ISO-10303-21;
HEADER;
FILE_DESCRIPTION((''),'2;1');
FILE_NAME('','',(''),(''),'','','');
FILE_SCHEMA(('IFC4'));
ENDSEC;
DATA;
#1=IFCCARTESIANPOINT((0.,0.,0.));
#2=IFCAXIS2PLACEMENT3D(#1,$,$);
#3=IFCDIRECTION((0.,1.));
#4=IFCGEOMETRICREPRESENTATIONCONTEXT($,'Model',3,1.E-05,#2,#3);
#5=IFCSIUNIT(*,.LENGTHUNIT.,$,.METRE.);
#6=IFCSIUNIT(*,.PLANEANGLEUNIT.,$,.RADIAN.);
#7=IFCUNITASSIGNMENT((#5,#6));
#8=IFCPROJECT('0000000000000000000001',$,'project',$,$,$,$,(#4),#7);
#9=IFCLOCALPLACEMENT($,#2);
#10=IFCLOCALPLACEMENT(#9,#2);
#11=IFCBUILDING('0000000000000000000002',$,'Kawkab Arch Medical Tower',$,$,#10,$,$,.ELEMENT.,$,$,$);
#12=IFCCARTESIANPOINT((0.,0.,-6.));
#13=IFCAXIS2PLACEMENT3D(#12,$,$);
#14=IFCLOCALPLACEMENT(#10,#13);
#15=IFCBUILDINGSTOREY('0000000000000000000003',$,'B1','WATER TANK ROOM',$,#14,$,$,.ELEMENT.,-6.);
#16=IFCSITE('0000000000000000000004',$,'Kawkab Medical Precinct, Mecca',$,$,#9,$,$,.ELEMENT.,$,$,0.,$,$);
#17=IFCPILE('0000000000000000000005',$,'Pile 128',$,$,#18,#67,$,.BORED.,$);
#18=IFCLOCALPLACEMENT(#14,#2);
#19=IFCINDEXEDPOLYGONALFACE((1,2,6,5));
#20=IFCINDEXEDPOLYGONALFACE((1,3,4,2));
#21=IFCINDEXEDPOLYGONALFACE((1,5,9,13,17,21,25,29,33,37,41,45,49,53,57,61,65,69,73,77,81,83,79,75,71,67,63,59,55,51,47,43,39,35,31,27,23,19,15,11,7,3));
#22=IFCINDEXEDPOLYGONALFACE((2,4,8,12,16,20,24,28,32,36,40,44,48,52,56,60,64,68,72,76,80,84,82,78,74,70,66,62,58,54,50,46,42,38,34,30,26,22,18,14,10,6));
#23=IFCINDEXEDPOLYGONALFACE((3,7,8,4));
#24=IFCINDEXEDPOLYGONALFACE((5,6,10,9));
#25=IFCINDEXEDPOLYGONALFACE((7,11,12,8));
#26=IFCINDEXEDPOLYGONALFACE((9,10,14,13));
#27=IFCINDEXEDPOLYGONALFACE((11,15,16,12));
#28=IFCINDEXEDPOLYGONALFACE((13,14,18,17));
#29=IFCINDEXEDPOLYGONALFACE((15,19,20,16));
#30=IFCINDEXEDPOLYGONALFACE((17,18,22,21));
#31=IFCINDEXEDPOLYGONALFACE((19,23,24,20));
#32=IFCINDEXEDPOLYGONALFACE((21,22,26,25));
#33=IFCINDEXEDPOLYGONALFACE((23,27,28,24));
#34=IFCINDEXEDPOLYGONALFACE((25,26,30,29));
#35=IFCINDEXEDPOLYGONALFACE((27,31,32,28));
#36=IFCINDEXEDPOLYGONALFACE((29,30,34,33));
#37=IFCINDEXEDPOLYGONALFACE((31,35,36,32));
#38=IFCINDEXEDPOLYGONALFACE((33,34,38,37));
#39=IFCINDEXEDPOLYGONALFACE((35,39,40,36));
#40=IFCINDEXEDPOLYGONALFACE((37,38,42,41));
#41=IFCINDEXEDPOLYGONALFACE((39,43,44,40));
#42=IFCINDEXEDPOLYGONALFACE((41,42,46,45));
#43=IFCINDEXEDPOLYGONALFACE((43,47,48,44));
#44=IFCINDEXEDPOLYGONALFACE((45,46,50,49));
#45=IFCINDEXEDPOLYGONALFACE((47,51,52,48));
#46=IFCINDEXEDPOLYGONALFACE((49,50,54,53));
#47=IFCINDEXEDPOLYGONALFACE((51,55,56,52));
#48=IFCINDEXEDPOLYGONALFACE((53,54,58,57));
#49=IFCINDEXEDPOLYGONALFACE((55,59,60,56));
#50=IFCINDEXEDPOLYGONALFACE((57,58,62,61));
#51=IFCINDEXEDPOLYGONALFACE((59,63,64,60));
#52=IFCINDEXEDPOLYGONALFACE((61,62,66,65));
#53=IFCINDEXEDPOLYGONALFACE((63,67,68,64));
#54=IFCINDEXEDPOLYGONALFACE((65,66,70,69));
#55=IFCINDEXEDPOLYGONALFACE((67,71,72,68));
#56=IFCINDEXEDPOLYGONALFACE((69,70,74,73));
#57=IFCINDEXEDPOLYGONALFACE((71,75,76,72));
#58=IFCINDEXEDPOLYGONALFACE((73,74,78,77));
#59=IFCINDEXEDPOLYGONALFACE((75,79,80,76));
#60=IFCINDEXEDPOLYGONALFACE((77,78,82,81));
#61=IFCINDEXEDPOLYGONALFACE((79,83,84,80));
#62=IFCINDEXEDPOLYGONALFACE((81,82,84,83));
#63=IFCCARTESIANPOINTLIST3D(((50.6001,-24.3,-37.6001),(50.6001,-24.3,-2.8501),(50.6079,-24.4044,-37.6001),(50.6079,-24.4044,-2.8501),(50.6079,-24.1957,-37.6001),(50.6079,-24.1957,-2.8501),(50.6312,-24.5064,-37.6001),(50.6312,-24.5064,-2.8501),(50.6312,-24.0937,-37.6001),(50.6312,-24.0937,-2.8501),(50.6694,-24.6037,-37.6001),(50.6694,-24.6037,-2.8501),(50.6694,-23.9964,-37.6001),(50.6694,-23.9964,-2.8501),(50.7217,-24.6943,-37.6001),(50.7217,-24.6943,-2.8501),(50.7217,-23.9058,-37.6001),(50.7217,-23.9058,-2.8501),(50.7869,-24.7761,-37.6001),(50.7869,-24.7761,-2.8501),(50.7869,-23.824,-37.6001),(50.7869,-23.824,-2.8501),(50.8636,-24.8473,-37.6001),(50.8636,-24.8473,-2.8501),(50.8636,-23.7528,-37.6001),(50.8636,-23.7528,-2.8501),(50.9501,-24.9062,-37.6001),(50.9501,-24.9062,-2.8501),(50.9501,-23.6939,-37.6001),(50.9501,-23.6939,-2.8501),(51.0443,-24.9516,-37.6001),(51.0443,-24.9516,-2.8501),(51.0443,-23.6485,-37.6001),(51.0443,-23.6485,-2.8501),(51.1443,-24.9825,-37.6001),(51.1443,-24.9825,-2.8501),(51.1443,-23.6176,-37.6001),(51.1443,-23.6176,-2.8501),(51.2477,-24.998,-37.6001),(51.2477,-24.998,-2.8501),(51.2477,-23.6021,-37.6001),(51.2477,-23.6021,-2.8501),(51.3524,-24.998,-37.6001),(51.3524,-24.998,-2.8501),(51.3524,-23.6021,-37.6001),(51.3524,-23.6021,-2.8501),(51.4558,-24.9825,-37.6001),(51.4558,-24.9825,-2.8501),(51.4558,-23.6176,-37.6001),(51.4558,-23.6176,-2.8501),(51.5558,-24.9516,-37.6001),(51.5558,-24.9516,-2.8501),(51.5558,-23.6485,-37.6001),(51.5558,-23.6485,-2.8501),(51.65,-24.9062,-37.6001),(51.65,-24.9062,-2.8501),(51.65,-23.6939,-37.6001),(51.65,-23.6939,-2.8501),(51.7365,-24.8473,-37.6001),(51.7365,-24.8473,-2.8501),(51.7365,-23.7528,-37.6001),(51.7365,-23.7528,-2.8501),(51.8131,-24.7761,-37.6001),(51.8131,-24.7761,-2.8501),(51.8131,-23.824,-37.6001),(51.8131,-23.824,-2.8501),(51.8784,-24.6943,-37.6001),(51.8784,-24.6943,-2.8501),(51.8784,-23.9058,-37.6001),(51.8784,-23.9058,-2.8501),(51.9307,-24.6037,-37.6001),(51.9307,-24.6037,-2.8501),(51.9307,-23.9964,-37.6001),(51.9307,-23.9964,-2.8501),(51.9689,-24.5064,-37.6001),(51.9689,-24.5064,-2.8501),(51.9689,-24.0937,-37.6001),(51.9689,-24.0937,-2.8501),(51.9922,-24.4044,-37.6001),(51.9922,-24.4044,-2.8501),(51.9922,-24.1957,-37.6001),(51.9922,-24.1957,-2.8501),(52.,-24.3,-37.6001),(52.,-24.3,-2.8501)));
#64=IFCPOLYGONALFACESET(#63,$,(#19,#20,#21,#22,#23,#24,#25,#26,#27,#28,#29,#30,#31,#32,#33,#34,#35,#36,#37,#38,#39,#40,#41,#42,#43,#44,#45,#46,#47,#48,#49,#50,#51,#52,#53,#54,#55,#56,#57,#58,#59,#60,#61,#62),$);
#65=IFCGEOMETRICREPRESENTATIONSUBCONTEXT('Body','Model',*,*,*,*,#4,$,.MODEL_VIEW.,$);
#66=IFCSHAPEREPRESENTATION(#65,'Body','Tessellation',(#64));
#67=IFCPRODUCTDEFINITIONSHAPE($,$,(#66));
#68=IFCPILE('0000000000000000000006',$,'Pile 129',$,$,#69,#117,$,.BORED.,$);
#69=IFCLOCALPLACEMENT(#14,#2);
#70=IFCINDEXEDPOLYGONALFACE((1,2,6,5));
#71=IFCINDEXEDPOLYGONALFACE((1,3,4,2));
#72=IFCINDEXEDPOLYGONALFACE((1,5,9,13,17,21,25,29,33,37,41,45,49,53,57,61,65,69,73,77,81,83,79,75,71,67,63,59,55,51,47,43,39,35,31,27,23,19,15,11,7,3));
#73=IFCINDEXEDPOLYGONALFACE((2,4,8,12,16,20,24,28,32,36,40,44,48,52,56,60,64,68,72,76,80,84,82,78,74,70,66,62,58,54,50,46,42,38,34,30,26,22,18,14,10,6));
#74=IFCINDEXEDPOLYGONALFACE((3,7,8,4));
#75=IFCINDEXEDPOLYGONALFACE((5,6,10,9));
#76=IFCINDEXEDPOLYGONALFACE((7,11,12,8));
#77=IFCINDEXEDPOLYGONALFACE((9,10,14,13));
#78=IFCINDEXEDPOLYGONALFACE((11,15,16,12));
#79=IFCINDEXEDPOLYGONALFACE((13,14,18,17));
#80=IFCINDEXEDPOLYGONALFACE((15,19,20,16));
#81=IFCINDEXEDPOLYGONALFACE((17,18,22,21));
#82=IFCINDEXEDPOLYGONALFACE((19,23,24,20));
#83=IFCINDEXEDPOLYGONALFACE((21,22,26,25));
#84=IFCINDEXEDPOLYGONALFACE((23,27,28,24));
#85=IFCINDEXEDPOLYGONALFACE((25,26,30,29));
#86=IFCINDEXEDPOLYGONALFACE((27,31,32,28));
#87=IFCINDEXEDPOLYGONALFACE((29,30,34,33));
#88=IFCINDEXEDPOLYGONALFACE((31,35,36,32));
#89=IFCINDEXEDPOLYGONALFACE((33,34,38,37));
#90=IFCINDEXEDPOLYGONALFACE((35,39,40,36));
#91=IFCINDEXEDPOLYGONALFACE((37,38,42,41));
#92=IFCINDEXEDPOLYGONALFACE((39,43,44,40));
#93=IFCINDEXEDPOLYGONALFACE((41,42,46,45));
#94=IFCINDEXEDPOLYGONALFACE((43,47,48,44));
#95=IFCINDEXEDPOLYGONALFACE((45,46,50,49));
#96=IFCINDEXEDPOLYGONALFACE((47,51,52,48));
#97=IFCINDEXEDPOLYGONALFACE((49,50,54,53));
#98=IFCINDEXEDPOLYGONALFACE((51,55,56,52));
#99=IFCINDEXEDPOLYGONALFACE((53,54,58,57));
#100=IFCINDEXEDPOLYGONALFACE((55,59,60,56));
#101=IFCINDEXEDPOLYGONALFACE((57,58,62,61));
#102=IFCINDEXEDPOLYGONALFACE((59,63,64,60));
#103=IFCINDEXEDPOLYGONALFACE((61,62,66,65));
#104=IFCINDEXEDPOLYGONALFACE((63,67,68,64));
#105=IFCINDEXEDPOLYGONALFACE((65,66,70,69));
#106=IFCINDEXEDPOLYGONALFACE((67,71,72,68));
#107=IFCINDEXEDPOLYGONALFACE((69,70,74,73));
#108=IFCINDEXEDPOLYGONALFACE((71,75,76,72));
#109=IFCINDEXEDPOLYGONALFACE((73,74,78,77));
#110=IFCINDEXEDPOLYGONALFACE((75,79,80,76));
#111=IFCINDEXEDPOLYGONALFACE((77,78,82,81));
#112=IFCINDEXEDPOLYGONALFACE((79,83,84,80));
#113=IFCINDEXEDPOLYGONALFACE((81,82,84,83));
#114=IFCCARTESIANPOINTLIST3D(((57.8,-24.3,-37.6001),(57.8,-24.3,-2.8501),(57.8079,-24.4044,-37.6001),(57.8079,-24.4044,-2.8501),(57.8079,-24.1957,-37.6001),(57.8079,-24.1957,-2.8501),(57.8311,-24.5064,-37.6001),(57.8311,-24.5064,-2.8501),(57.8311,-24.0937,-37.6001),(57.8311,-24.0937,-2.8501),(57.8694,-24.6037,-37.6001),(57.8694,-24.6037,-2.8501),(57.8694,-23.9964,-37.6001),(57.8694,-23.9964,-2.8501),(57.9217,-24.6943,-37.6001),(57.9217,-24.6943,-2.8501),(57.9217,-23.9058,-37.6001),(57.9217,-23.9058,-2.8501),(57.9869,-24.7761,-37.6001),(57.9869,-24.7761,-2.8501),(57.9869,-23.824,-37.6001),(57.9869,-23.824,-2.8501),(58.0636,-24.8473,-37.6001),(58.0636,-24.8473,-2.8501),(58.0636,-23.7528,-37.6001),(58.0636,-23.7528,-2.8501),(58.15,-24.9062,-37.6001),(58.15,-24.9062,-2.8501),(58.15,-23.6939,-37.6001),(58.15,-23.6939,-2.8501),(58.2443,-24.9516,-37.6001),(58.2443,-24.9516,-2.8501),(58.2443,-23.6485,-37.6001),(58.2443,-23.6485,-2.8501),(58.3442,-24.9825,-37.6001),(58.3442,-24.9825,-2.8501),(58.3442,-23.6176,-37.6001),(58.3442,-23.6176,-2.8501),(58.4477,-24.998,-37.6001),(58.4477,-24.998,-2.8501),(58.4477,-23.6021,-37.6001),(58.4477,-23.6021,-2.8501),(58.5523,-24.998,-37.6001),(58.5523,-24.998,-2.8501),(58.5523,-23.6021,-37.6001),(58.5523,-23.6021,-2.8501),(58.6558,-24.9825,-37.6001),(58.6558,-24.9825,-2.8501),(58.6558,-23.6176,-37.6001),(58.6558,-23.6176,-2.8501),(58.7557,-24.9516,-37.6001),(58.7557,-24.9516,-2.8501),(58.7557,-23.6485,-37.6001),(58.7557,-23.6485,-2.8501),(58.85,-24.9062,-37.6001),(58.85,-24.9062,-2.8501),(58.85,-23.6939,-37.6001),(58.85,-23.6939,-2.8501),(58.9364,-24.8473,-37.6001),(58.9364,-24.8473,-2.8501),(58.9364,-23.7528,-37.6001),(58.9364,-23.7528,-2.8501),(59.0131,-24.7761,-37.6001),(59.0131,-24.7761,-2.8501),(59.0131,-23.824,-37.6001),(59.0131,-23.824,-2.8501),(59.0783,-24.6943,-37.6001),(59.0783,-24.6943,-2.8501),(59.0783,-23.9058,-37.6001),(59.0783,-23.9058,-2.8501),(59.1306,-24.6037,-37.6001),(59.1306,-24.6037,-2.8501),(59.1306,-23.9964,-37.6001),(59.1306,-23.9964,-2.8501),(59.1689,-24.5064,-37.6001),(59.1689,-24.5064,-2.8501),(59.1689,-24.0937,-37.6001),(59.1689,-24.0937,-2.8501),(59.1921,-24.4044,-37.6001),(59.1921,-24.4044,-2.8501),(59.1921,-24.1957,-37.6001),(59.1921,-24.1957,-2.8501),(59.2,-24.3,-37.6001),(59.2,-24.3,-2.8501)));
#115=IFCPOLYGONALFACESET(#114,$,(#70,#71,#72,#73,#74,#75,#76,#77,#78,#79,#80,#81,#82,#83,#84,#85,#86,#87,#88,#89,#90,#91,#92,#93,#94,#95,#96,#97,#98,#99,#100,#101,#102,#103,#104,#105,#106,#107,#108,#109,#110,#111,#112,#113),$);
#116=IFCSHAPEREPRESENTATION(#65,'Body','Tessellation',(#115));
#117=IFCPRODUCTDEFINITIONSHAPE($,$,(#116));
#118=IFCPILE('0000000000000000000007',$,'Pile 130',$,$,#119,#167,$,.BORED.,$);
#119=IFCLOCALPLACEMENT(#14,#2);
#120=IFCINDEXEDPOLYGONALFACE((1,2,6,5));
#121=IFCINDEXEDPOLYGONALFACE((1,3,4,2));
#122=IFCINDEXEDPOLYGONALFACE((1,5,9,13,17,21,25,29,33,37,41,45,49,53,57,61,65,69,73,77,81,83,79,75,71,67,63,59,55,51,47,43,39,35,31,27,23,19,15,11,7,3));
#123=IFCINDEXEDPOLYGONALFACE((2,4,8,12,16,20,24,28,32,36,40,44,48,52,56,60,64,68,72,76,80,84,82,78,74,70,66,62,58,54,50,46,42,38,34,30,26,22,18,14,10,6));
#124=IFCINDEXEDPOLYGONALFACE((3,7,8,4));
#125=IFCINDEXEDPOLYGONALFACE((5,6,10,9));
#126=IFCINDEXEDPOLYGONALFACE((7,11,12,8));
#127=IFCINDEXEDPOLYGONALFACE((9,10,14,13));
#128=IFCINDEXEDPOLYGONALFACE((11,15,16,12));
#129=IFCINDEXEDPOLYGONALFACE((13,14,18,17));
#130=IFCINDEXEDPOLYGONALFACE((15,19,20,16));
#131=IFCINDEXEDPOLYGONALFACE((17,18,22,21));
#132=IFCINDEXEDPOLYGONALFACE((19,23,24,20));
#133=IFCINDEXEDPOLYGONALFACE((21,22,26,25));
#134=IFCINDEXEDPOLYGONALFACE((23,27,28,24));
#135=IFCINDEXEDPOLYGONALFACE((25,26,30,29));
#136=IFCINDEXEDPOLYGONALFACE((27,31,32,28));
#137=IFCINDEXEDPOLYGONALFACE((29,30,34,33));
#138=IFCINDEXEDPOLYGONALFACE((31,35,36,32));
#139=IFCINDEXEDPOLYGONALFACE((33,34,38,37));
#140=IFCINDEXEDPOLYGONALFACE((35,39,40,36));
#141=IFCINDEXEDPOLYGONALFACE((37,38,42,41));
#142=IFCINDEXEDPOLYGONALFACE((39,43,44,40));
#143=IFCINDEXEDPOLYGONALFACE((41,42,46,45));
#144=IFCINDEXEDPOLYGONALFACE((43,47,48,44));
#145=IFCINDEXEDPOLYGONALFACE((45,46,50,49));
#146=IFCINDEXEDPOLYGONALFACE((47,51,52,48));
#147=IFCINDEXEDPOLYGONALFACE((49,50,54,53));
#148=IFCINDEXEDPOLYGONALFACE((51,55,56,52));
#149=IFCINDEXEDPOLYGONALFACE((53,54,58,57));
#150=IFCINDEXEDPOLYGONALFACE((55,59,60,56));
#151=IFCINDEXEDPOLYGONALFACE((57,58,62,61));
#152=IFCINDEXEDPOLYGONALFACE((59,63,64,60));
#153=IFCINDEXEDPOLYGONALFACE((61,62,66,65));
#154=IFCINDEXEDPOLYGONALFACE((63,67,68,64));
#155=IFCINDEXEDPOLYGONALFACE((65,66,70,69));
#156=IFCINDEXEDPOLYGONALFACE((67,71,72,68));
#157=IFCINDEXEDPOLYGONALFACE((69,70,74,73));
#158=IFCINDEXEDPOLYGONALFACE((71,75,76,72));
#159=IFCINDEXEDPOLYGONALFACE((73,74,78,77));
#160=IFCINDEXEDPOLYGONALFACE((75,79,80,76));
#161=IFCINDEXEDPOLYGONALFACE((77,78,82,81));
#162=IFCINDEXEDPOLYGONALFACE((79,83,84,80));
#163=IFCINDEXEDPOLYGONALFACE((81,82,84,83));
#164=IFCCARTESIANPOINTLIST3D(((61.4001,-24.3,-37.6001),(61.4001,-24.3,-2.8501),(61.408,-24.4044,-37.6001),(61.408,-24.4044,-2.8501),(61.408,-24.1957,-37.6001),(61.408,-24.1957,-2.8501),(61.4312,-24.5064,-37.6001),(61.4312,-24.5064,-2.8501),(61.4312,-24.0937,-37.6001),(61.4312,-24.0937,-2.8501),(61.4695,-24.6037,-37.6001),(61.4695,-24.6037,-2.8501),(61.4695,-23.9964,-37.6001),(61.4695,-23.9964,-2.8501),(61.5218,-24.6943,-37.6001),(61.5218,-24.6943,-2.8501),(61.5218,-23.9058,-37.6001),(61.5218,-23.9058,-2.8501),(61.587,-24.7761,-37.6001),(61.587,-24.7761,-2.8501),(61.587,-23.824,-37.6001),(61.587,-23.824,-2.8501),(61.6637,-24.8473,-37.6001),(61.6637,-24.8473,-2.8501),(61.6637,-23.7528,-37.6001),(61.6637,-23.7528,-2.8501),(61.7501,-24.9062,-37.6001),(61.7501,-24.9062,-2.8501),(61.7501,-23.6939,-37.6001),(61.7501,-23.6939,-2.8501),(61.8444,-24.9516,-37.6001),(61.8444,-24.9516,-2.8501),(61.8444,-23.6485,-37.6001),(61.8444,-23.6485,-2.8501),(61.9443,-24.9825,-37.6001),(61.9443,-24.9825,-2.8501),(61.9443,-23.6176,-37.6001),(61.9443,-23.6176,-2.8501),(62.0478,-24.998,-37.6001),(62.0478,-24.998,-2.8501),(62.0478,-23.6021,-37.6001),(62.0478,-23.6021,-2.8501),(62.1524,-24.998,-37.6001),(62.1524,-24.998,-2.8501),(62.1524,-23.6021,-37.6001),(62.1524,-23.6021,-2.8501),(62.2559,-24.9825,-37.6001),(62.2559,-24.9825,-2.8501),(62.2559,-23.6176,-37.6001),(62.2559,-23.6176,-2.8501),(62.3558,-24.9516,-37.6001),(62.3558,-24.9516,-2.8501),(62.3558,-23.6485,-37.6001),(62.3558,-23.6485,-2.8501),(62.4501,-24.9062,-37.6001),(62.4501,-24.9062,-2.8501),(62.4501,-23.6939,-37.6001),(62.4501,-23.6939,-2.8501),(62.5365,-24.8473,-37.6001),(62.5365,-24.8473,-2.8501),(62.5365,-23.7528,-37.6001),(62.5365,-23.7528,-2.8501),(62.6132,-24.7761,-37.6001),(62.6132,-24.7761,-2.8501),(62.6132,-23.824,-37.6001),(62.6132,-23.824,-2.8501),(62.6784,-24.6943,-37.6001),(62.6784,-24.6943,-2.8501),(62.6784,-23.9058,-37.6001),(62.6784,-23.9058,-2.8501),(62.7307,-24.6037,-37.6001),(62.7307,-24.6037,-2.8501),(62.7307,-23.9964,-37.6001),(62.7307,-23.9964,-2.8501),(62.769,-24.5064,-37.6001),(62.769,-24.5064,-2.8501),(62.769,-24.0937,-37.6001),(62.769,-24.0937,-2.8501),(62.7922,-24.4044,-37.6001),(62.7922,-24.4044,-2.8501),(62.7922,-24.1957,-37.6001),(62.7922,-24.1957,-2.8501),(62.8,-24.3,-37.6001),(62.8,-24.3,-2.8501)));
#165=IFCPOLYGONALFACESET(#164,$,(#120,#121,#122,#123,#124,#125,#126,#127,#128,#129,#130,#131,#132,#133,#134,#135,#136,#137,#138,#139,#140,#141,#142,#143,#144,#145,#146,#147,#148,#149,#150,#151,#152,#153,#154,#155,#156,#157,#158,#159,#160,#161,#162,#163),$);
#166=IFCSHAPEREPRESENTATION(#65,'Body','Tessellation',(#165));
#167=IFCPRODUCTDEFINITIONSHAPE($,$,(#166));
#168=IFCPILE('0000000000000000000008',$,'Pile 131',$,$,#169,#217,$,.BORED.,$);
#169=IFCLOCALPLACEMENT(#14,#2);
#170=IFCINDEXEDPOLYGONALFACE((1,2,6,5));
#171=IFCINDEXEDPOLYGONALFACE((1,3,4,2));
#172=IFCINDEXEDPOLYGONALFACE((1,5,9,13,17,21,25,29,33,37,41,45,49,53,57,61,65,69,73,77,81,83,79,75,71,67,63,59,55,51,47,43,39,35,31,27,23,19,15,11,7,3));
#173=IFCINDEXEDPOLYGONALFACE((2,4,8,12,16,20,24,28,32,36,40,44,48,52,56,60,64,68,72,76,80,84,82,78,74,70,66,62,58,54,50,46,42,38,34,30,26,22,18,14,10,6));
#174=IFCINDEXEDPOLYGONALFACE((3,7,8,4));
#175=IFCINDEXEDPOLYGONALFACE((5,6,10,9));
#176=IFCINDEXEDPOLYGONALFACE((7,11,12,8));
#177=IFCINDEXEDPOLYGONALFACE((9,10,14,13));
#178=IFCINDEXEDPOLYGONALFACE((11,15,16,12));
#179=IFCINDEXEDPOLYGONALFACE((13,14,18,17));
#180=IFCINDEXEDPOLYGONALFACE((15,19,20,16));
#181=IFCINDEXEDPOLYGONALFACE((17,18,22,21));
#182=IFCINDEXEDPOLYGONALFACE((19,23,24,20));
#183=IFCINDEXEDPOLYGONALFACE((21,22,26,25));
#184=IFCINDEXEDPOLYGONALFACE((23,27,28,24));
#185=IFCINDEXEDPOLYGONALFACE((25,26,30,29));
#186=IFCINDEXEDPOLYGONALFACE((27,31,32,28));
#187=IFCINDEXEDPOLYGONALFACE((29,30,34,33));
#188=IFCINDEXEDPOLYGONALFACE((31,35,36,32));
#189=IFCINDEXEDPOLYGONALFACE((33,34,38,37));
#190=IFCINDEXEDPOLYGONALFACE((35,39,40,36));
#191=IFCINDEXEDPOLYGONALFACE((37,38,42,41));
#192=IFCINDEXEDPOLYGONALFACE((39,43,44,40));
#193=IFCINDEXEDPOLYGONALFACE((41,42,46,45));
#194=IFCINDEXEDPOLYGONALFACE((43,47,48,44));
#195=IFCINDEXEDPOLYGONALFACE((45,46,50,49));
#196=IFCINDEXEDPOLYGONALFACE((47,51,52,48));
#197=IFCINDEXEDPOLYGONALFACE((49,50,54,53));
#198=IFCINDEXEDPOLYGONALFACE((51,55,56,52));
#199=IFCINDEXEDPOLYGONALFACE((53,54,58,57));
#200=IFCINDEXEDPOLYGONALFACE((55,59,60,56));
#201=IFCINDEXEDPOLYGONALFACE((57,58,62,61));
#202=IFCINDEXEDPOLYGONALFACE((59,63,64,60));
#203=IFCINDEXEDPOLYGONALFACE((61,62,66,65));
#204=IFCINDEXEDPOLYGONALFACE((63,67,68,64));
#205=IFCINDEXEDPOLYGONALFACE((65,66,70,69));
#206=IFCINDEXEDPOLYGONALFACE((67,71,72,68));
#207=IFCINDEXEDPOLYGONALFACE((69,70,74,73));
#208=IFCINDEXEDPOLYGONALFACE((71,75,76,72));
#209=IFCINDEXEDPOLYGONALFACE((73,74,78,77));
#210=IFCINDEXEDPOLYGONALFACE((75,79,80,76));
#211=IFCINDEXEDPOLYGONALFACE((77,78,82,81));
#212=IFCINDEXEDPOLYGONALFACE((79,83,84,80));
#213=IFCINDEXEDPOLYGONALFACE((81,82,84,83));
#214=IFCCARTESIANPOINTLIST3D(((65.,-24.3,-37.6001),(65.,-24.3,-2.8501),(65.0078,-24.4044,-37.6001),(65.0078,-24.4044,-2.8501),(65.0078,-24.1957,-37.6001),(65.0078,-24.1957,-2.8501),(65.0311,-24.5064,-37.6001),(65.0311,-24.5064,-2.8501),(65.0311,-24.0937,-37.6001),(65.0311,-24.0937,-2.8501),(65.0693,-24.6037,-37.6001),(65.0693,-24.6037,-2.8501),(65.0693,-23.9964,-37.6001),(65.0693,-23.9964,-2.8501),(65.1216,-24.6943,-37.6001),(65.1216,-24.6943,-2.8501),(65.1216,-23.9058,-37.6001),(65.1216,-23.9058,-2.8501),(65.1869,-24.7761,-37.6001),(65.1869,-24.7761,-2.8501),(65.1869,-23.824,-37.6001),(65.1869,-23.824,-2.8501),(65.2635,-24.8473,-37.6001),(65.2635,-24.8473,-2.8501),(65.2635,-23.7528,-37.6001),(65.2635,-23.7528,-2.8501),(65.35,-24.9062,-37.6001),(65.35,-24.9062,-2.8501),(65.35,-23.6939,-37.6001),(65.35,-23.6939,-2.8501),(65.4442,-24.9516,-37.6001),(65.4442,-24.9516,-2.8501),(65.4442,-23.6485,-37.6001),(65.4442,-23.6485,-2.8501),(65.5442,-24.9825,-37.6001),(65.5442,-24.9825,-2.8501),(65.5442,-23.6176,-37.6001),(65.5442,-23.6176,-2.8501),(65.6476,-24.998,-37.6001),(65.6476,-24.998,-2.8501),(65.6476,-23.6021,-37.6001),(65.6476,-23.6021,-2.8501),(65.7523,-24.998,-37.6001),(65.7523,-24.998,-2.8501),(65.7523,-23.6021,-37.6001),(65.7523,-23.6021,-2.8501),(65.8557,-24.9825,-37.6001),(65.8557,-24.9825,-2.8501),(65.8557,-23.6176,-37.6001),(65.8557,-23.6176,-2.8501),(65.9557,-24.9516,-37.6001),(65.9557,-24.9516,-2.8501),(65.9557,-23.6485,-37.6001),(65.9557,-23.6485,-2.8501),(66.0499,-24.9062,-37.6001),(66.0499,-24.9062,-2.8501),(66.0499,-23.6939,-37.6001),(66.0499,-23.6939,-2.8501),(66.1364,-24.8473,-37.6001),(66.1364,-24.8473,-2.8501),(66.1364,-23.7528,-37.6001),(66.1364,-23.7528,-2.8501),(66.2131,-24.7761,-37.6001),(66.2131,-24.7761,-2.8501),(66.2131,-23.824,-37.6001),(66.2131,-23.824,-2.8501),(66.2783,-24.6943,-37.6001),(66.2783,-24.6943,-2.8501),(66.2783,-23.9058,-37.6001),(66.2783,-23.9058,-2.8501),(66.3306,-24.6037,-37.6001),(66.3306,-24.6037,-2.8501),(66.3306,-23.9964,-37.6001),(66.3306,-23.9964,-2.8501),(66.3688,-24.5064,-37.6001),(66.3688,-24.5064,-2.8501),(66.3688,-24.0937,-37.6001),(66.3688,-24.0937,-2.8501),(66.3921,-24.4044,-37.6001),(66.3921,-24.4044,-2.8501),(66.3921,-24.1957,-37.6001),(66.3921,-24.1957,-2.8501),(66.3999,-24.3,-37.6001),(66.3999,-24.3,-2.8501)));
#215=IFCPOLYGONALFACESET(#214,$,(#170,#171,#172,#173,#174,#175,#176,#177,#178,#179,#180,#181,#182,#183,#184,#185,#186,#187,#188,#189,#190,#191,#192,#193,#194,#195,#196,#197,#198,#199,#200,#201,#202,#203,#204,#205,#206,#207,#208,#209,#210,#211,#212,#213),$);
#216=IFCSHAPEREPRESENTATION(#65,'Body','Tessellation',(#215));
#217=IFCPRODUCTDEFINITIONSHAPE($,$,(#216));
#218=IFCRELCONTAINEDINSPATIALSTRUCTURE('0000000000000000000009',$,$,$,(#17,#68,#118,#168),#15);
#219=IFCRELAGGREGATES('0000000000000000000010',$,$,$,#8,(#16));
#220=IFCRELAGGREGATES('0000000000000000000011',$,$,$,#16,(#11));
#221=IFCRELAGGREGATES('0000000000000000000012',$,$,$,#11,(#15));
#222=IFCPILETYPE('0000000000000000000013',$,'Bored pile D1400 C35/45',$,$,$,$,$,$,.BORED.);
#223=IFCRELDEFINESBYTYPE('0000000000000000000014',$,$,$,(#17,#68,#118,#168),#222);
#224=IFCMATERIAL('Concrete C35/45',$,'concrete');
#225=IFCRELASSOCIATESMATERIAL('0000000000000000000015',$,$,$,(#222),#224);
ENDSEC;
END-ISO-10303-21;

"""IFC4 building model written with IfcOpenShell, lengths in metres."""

from ifc_helpers import new_model, si_unit, direction, frame, origin, origin_2d, place, context, subcontext, project, spatial, circle, extrude, material, material_profile, profile_set, type_object, element, save


model = new_model("IFC4")

# Units and contexts
model_context = context("Model", 3, precision=1e-05, world=origin(), true_north=direction((0.0, 1.0)))
body_context = subcontext(model_context, "Body", "Model", "MODEL_VIEW")
ifc_project = project(units=[si_unit("LENGTHUNIT", "METRE"), si_unit("PLANEANGLEUNIT", "RADIAN")], contexts=[model_context])

# Site, building, storey
site_placement = place(None, origin())
site = spatial("IfcSite", under=ifc_project, at=site_placement, Name="Kawkab Medical Precinct, Mecca", CompositionType="ELEMENT", RefElevation=0.0)
building_placement = place(site_placement, origin())
building = spatial("IfcBuilding", under=site, at=building_placement, Name="Kawkab Arch Medical Tower", CompositionType="ELEMENT")
storey_placement = place(building_placement, frame((0.0, 0.0, -6.0)))
storey = spatial("IfcBuildingStorey", under=building, at=storey_placement, Name="B1", Description="WATER TANK ROOM", CompositionType="ELEMENT", Elevation=-6.0)

# Piles
ifc_material_1 = material(Name="Concrete C35/45", Category="concrete")
ifc_material_profile_1 = material_profile(ifc_material_1, circle(Radius=0.7, at=origin_2d()), Name="Bored pile D1400")
ifc_profile_set_1 = profile_set([ifc_material_profile_1], Name="Concrete C35/45")
pile_type_1 = type_object("IfcPileType", Name="Bored pile D1400 C35/45", PredefinedType="BORED", material=ifc_profile_set_1)
for number, where, z_axis, x_axis, name in (
    (1, (51.3, -24.3, -2.8501), (0.0, 0.0, -1.0), (1.0, 0.0, 0.0), "Pile 128"),
    (2, (58.5, -24.3, -2.8501), (0.0, 0.0, -1.0), (1.0, 0.0, 0.0), "Pile 129"),
    (3, (62.1001, -24.3, -2.8501), (0.0, 0.0, -1.0), (1.0, 0.0, 0.0), "Pile 130"),
    (4, (65.7, -24.3, -2.8501), (0.0, 0.0, -1.0), (1.0, 0.0, 0.0), "Pile 131"),
):
    element("IfcPile", number, at=place(storey_placement, frame(where, z_axis=z_axis, x_axis=x_axis)), inside=storey, type_object=pile_type_1, Name=name, PredefinedType="BORED", context=body_context, shape_type="SweptSolid", body=[
        extrude(circle(Radius=0.7, at=origin_2d()), origin(), (0.0, 0.0, 1.0), 34.75),
    ])

save(model, "model.ifc")
